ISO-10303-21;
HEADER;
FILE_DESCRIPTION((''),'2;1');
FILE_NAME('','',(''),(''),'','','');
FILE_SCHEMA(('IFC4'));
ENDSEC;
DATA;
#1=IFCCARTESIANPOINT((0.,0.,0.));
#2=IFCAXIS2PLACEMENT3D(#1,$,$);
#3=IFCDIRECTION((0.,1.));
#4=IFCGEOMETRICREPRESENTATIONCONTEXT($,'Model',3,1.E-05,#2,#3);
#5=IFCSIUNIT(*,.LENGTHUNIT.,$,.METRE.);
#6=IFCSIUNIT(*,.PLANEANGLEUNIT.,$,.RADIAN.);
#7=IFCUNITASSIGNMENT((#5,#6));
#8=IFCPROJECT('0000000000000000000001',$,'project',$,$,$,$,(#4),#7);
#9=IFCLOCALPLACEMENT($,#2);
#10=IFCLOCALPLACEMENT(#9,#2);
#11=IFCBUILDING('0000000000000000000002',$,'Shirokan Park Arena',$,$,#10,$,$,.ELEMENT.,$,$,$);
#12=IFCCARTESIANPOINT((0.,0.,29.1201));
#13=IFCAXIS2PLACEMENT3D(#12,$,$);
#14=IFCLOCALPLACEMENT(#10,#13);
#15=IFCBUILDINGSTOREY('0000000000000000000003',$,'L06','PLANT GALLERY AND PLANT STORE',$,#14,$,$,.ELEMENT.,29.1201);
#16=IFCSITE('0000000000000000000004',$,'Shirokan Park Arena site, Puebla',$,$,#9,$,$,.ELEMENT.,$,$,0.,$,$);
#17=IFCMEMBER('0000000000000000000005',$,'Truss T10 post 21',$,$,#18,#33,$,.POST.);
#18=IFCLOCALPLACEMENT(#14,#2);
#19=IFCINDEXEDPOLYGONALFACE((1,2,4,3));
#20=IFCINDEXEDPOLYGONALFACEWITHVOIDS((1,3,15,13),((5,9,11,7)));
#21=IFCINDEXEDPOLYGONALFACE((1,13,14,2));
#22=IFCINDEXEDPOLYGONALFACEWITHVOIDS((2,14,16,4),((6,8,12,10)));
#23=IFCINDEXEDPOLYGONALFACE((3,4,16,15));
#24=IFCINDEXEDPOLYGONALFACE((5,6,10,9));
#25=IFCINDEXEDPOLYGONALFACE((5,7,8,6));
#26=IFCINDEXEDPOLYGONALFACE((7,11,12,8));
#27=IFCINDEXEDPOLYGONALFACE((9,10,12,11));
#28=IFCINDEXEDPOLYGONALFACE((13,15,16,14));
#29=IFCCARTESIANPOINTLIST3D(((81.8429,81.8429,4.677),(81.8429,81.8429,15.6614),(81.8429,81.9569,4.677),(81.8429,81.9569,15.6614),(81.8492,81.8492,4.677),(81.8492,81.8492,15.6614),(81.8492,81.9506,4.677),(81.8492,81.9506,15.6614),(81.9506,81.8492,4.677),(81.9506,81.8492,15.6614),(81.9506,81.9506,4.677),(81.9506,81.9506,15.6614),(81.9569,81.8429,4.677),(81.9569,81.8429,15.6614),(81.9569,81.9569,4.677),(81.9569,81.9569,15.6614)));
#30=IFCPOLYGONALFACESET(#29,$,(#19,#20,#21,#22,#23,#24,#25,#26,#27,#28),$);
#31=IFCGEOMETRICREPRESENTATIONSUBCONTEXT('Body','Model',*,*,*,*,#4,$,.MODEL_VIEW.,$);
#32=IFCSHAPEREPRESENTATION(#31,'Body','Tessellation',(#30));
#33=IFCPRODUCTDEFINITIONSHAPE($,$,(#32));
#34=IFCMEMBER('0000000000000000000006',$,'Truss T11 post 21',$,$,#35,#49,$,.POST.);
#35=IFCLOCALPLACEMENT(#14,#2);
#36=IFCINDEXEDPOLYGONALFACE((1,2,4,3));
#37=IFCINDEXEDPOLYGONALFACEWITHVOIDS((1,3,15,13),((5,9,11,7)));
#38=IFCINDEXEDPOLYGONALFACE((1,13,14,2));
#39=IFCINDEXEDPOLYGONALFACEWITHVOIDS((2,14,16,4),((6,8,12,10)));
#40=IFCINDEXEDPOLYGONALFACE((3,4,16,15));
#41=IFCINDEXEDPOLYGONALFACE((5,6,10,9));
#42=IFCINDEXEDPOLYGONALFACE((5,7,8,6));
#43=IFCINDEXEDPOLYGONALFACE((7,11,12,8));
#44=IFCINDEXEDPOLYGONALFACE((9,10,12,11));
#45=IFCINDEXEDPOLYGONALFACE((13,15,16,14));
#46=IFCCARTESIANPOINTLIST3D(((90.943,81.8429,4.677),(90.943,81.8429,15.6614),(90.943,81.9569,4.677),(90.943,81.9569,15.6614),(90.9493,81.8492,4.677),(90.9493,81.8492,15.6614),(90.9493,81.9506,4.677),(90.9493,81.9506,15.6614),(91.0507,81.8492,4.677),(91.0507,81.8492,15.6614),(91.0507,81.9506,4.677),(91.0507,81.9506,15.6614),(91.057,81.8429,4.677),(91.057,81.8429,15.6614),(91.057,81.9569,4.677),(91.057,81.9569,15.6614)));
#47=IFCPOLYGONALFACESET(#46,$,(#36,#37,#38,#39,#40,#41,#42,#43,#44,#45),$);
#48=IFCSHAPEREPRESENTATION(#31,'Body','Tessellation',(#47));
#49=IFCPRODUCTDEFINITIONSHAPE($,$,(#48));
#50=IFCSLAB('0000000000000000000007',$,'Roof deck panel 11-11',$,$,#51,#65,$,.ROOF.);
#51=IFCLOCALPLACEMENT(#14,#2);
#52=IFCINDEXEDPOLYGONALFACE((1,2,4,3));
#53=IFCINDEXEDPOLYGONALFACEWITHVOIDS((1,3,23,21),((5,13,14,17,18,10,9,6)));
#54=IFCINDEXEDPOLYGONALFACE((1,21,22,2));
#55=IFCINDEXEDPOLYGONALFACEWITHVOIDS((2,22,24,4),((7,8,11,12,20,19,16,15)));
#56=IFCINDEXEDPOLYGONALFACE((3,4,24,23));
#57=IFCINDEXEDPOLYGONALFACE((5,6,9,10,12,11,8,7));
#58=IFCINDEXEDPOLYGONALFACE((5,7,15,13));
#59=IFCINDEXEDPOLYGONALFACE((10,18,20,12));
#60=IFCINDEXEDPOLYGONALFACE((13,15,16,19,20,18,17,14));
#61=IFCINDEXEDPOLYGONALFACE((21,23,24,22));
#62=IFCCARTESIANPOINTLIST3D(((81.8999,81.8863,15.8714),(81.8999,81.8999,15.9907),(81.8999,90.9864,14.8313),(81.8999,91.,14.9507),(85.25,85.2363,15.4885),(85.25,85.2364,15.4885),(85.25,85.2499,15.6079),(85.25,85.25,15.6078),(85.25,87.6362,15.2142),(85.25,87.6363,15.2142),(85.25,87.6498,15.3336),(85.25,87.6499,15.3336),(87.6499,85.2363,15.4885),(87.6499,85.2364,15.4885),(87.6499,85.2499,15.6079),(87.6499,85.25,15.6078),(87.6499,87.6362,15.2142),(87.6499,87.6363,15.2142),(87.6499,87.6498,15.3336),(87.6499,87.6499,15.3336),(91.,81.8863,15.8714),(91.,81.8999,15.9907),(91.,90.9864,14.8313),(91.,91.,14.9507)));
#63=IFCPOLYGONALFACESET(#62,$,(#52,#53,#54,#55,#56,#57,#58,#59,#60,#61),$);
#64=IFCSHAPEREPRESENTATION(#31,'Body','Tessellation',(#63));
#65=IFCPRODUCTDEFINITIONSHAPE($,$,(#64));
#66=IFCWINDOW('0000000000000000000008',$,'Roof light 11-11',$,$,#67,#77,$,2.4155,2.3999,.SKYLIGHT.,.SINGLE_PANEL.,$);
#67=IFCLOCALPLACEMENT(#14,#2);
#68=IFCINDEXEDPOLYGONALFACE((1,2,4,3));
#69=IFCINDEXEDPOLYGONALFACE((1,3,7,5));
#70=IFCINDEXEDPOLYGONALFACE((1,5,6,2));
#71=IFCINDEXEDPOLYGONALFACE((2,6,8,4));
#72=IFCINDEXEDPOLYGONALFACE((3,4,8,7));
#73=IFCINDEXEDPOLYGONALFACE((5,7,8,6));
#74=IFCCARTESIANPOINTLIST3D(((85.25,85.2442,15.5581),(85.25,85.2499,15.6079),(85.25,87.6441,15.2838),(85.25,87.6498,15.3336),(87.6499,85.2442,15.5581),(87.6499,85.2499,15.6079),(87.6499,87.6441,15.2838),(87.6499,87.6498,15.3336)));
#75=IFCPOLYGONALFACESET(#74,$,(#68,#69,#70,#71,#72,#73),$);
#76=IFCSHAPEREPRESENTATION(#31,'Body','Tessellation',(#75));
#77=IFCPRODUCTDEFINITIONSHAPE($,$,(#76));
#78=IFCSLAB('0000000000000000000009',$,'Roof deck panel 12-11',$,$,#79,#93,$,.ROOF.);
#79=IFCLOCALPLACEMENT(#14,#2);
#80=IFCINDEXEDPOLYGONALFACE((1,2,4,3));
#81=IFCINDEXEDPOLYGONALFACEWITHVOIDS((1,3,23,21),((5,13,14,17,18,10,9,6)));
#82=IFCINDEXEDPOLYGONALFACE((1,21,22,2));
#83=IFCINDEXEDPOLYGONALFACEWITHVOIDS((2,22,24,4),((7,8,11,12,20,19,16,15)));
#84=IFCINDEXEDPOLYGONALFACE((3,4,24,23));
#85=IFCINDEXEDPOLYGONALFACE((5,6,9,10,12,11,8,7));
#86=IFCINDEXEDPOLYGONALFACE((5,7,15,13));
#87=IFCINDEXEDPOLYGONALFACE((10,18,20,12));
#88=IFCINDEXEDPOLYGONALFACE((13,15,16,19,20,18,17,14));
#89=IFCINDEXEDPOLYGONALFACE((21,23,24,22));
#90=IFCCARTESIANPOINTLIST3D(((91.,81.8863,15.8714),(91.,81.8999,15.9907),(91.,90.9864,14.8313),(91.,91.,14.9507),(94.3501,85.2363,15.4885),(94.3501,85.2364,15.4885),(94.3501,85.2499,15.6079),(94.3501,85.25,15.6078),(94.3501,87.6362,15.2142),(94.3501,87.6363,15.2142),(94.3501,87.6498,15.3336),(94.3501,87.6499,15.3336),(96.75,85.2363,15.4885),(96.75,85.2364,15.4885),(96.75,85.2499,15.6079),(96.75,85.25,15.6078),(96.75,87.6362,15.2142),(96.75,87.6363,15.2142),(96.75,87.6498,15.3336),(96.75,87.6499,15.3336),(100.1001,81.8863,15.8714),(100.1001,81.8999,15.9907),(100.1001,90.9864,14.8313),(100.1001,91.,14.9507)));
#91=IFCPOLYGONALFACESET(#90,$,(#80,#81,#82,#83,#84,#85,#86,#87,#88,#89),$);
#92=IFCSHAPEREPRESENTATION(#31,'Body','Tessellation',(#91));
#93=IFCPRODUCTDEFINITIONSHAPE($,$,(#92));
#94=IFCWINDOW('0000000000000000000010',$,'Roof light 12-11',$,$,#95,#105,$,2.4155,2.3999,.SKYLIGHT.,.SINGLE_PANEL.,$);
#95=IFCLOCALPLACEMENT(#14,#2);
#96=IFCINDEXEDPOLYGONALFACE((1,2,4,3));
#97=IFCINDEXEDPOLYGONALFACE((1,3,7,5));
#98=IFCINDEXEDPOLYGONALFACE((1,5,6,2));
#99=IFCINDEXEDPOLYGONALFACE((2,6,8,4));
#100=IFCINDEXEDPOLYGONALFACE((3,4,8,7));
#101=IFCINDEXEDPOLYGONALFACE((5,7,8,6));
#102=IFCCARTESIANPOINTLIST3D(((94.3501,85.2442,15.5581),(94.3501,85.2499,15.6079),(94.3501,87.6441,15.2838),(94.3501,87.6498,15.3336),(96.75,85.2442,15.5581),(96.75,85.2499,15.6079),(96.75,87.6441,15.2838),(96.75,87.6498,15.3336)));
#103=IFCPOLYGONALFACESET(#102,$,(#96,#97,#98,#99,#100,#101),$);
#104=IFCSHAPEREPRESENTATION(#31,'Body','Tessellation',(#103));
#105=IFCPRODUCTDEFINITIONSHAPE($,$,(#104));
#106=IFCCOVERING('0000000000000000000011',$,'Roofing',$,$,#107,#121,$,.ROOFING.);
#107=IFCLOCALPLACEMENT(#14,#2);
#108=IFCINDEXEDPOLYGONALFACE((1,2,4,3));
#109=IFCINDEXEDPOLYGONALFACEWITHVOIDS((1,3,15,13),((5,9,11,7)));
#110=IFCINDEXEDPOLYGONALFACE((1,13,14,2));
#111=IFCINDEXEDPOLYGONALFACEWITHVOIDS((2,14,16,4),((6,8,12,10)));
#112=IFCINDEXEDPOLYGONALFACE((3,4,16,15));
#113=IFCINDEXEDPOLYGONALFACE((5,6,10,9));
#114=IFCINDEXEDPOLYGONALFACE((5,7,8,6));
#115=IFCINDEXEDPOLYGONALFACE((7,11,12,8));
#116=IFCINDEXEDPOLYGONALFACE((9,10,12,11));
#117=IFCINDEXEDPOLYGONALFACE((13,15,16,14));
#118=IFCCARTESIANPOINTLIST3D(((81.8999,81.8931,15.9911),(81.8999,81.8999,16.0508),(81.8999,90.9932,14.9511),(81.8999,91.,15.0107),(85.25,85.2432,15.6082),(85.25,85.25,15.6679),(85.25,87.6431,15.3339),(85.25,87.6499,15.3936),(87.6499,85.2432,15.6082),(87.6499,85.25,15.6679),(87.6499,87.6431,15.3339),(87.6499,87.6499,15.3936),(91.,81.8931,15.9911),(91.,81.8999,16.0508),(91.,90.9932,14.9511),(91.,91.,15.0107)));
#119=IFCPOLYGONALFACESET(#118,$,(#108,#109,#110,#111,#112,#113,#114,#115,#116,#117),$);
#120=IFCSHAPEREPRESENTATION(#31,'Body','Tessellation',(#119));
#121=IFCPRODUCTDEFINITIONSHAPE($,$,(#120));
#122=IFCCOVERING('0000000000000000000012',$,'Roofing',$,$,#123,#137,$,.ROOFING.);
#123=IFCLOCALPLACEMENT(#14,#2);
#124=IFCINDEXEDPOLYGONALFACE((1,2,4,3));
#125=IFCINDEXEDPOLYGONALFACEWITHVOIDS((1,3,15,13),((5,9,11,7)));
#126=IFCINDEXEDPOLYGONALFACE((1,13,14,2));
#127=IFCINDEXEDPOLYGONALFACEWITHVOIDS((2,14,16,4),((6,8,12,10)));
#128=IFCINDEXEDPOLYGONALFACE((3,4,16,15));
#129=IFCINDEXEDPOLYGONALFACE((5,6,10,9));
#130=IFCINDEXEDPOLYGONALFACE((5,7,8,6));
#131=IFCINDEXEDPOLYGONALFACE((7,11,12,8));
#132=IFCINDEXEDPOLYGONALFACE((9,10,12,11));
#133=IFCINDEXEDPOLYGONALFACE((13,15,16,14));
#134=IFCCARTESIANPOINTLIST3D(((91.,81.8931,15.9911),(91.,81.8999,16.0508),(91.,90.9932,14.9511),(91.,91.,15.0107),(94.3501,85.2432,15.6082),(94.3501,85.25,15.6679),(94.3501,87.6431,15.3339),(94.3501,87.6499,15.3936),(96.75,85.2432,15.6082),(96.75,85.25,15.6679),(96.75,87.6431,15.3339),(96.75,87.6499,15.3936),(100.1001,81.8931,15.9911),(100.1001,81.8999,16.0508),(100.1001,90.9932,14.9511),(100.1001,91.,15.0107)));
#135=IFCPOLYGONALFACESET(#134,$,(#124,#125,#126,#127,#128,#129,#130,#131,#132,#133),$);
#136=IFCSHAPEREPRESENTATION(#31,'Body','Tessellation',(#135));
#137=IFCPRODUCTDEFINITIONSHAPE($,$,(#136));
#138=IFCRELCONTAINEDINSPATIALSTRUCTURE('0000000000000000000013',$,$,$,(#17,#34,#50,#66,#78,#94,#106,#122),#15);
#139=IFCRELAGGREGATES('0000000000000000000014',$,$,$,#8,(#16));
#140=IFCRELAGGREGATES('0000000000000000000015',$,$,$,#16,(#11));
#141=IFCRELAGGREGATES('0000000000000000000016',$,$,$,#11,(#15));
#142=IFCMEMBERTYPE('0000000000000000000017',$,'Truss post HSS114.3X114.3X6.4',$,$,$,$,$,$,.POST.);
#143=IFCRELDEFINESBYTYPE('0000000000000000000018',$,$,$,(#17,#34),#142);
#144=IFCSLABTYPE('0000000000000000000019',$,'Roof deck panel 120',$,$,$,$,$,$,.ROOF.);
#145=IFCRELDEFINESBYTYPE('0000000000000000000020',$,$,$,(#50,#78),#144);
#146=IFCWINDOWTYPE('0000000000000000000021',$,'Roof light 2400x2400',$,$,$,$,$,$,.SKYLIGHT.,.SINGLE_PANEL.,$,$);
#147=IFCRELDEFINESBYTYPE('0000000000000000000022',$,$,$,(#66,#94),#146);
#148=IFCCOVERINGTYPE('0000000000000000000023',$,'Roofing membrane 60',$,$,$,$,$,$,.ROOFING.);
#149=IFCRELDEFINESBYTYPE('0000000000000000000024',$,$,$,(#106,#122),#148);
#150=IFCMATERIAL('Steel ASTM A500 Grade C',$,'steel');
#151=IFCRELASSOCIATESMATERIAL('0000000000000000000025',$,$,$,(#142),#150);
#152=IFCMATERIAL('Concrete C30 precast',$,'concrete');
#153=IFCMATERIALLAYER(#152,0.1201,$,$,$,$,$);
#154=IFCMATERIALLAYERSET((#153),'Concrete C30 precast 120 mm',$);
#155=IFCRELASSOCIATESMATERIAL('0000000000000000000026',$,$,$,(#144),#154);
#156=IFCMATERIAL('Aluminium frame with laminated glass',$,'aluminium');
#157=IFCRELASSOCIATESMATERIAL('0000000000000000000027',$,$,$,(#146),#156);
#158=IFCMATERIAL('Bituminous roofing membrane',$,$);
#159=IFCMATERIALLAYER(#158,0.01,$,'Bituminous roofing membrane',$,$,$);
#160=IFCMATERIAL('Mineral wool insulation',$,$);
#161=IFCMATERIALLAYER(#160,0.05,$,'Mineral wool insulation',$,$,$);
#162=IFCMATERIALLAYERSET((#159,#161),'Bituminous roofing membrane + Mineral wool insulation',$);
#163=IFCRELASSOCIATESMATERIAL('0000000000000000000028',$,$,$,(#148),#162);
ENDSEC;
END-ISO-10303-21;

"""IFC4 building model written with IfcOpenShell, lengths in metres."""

from ifc_helpers import new_model, si_unit, direction, frame, origin, origin_2d, place, context, subcontext, project, spatial, polyline, rectangle, hollow_rectangle, outline, extrude, material, layer, layer_set, material_profile, profile_set, type_object, element, fill, save


model = new_model("IFC4")

# Units and contexts
model_context = context("Model", 3, precision=1e-05, world=origin(), true_north=direction((0.0, 1.0)))
body_context = subcontext(model_context, "Body", "Model", "MODEL_VIEW")
ifc_project = project(units=[si_unit("LENGTHUNIT", "METRE"), si_unit("PLANEANGLEUNIT", "RADIAN")], contexts=[model_context])

# Site, building, storey
site_placement = place(None, origin())
site = spatial("IfcSite", under=ifc_project, at=site_placement, Name="Shirokan Park Arena site, Puebla", CompositionType="ELEMENT", RefElevation=0.0)
building_placement = place(site_placement, origin())
building = spatial("IfcBuilding", under=site, at=building_placement, Name="Shirokan Park Arena", CompositionType="ELEMENT")
storey_placement = place(building_placement, frame((0.0, 0.0, 29.1201)))
storey = spatial("IfcBuildingStorey", under=building, at=storey_placement, Name="L06", Description="PLANT GALLERY AND PLANT STORE", CompositionType="ELEMENT", Elevation=29.1201)

# Members
ifc_material_1 = material(Name="Steel ASTM A500 Grade C", Category="steel")
ifc_material_profile_1 = material_profile(ifc_material_1, hollow_rectangle(XDim=0.114, YDim=0.114, WallThickness=0.0063, at=origin_2d()), Name="HSS114.3X114.3X6.4")
ifc_profile_set_1 = profile_set([ifc_material_profile_1], Name="Steel ASTM A500 Grade C")
member_type_1 = type_object("IfcMemberType", Name="Truss post HSS114.3X114.3X6.4", PredefinedType="POST", material=ifc_profile_set_1)
for number, where, z_axis, x_axis, name in (
    (1, (81.8999, 81.8999, 4.677), (0.0, 0.0, 1.0), (1.0, 0.0, 0.0), "Truss T10 post 21"),
    (2, (91.0, 81.8999, 4.677), (0.0, 0.0, 1.0), (1.0, 0.0, 0.0), "Truss T11 post 21"),
):
    element("IfcMember", number, at=place(storey_placement, frame(where, z_axis=z_axis, x_axis=x_axis)), inside=storey, type_object=member_type_1, Name=name, PredefinedType="POST", context=body_context, shape_type="SweptSolid", body=[
        extrude(hollow_rectangle(XDim=0.114, YDim=0.114, WallThickness=0.0063, at=origin_2d()), origin(), (0.0, 0.0, 1.0), 10.9844),
    ])

# Slabs, openings, windows
ifc_material_2 = material(Name="Concrete C30 precast", Category="concrete")
ifc_layer_1 = layer(ifc_material_2, 0.1201)
ifc_layer_set_1 = layer_set([ifc_layer_1], Name="Concrete C30 precast 120 mm")
slab_type = type_object("IfcSlabType", Name="Roof deck panel 120", PredefinedType="ROOF", material=ifc_layer_set_1)
slab_1_placement = place(storey_placement, frame((81.8999, 81.8999, 15.9907), z_axis=(0.0, 0.11355, 0.993532), x_axis=(1.0, 0.0, 0.0)))
slab_1 = element("IfcSlab", 3, at=slab_1_placement, inside=storey, type_object=slab_type, Name="Roof deck panel 11-11", PredefinedType="ROOF", context=body_context, shape_type="SweptSolid", body=[
    extrude(outline(polyline([(0.0, 0.0), (9.1001, 0.0), (9.1001, 9.1593), (0.0, 9.1593), (0.0, 0.0)]), holes=[polyline([(3.3501, 3.3719), (5.75, 3.3719), (5.75, 5.7874), (3.3501, 5.7874), (3.3501, 3.3719)])]), origin(), (0.0, 0.0, -1.0), 0.1201),
])
opening_1_placement = place(slab_1_placement, frame((4.55, 4.5796, 0.01)))
opening_1 = element("IfcOpeningElement", 4, at=opening_1_placement, cuts=slab_1, PredefinedType="OPENING", context=body_context, shape_type="SweptSolid", body=[
    extrude(rectangle(XDim=2.3999, YDim=2.4155, at=origin_2d()), origin(), (0.0, 0.0, -1.0), 0.1399),
])
ifc_material_3 = material(Name="Aluminium frame with laminated glass", Category="aluminium")
window_type = type_object("IfcWindowType", Name="Roof light 2400x2400", PartitioningType="SINGLE_PANEL", PredefinedType="SKYLIGHT", material=ifc_material_3)
window_1_placement = place(opening_1_placement, frame((0.0, 0.0, -0.0601)))
window_1 = element("IfcWindow", 5, at=window_1_placement, inside=storey, type_object=window_type, Name="Roof light 11-11", OverallHeight=2.4155, OverallWidth=2.3999, PartitioningType="SINGLE_PANEL", PredefinedType="SKYLIGHT", context=body_context, shape_type="SweptSolid", body=[
    extrude(rectangle(XDim=2.3999, YDim=2.4155, at=origin_2d()), origin(), (0.0, 0.0, 1.0), 0.05),
])
fill(opening_1, window_1)
slab_2_placement = place(storey_placement, frame((91.0, 81.8999, 15.9907), z_axis=(0.0, 0.11355, 0.993532), x_axis=(1.0, 0.0, 0.0)))
slab_2 = element("IfcSlab", 6, at=slab_2_placement, inside=storey, type_object=slab_type, Name="Roof deck panel 12-11", PredefinedType="ROOF", context=body_context, shape_type="SweptSolid", body=[
    extrude(outline(polyline([(0.0, 0.0), (9.1001, 0.0), (9.1001, 9.1593), (0.0, 9.1593), (0.0, 0.0)]), holes=[polyline([(3.3501, 3.3719), (5.75, 3.3719), (5.75, 5.7874), (3.3501, 5.7874), (3.3501, 3.3719)])]), origin(), (0.0, 0.0, -1.0), 0.1201),
])
opening_2_placement = place(slab_2_placement, frame((4.55, 4.5796, 0.01)))
opening_2 = element("IfcOpeningElement", 7, at=opening_2_placement, cuts=slab_2, PredefinedType="OPENING", context=body_context, shape_type="SweptSolid", body=[
    extrude(rectangle(XDim=2.3999, YDim=2.4155, at=origin_2d()), origin(), (0.0, 0.0, -1.0), 0.1399),
])
window_2_placement = place(opening_2_placement, frame((0.0, 0.0, -0.0601)))
window_2 = element("IfcWindow", 8, at=window_2_placement, inside=storey, type_object=window_type, Name="Roof light 12-11", OverallHeight=2.4155, OverallWidth=2.3999, PartitioningType="SINGLE_PANEL", PredefinedType="SKYLIGHT", context=body_context, shape_type="SweptSolid", body=[
    extrude(rectangle(XDim=2.3999, YDim=2.4155, at=origin_2d()), origin(), (0.0, 0.0, 1.0), 0.05),
])
fill(opening_2, window_2)

# Coverings
ifc_material_4 = material(Name="Bituminous roofing membrane")
ifc_layer_2 = layer(ifc_material_4, 0.01, Name="Bituminous roofing membrane")
ifc_material_5 = material(Name="Mineral wool insulation")
ifc_layer_3 = layer(ifc_material_5, 0.05, Name="Mineral wool insulation")
ifc_layer_set_2 = layer_set([ifc_layer_2, ifc_layer_3], Name="Bituminous roofing membrane + Mineral wool insulation")
covering_type = type_object("IfcCoveringType", Name="Roofing membrane 60", PredefinedType="ROOFING", material=ifc_layer_set_2)
for number, where, z_axis, x_axis, name in (
    (9, (81.8999, 81.8999, 16.0508), (0.0, 0.11355, 0.993532), (1.0, 0.0, 0.0), "Roofing"),
    (10, (91.0, 81.8999, 16.0508), (0.0, 0.11355, 0.993532), (1.0, 0.0, 0.0), "Roofing"),
):
    element("IfcCovering", number, at=place(storey_placement, frame(where, z_axis=z_axis, x_axis=x_axis)), inside=storey, type_object=covering_type, Name=name, PredefinedType="ROOFING", context=body_context, shape_type="SweptSolid", body=[
        extrude(outline(polyline([(0.0, 0.0), (9.1001, 0.0), (9.1001, 9.1593), (0.0, 9.1593), (0.0, 0.0)]), holes=[polyline([(5.75, 3.3719), (5.75, 5.7874), (3.3501, 5.7874), (3.3501, 3.3719), (5.75, 3.3719)])]), origin(), (0.0, 0.0, -1.0), 0.0601),
    ])

save(model, "model.ifc")
